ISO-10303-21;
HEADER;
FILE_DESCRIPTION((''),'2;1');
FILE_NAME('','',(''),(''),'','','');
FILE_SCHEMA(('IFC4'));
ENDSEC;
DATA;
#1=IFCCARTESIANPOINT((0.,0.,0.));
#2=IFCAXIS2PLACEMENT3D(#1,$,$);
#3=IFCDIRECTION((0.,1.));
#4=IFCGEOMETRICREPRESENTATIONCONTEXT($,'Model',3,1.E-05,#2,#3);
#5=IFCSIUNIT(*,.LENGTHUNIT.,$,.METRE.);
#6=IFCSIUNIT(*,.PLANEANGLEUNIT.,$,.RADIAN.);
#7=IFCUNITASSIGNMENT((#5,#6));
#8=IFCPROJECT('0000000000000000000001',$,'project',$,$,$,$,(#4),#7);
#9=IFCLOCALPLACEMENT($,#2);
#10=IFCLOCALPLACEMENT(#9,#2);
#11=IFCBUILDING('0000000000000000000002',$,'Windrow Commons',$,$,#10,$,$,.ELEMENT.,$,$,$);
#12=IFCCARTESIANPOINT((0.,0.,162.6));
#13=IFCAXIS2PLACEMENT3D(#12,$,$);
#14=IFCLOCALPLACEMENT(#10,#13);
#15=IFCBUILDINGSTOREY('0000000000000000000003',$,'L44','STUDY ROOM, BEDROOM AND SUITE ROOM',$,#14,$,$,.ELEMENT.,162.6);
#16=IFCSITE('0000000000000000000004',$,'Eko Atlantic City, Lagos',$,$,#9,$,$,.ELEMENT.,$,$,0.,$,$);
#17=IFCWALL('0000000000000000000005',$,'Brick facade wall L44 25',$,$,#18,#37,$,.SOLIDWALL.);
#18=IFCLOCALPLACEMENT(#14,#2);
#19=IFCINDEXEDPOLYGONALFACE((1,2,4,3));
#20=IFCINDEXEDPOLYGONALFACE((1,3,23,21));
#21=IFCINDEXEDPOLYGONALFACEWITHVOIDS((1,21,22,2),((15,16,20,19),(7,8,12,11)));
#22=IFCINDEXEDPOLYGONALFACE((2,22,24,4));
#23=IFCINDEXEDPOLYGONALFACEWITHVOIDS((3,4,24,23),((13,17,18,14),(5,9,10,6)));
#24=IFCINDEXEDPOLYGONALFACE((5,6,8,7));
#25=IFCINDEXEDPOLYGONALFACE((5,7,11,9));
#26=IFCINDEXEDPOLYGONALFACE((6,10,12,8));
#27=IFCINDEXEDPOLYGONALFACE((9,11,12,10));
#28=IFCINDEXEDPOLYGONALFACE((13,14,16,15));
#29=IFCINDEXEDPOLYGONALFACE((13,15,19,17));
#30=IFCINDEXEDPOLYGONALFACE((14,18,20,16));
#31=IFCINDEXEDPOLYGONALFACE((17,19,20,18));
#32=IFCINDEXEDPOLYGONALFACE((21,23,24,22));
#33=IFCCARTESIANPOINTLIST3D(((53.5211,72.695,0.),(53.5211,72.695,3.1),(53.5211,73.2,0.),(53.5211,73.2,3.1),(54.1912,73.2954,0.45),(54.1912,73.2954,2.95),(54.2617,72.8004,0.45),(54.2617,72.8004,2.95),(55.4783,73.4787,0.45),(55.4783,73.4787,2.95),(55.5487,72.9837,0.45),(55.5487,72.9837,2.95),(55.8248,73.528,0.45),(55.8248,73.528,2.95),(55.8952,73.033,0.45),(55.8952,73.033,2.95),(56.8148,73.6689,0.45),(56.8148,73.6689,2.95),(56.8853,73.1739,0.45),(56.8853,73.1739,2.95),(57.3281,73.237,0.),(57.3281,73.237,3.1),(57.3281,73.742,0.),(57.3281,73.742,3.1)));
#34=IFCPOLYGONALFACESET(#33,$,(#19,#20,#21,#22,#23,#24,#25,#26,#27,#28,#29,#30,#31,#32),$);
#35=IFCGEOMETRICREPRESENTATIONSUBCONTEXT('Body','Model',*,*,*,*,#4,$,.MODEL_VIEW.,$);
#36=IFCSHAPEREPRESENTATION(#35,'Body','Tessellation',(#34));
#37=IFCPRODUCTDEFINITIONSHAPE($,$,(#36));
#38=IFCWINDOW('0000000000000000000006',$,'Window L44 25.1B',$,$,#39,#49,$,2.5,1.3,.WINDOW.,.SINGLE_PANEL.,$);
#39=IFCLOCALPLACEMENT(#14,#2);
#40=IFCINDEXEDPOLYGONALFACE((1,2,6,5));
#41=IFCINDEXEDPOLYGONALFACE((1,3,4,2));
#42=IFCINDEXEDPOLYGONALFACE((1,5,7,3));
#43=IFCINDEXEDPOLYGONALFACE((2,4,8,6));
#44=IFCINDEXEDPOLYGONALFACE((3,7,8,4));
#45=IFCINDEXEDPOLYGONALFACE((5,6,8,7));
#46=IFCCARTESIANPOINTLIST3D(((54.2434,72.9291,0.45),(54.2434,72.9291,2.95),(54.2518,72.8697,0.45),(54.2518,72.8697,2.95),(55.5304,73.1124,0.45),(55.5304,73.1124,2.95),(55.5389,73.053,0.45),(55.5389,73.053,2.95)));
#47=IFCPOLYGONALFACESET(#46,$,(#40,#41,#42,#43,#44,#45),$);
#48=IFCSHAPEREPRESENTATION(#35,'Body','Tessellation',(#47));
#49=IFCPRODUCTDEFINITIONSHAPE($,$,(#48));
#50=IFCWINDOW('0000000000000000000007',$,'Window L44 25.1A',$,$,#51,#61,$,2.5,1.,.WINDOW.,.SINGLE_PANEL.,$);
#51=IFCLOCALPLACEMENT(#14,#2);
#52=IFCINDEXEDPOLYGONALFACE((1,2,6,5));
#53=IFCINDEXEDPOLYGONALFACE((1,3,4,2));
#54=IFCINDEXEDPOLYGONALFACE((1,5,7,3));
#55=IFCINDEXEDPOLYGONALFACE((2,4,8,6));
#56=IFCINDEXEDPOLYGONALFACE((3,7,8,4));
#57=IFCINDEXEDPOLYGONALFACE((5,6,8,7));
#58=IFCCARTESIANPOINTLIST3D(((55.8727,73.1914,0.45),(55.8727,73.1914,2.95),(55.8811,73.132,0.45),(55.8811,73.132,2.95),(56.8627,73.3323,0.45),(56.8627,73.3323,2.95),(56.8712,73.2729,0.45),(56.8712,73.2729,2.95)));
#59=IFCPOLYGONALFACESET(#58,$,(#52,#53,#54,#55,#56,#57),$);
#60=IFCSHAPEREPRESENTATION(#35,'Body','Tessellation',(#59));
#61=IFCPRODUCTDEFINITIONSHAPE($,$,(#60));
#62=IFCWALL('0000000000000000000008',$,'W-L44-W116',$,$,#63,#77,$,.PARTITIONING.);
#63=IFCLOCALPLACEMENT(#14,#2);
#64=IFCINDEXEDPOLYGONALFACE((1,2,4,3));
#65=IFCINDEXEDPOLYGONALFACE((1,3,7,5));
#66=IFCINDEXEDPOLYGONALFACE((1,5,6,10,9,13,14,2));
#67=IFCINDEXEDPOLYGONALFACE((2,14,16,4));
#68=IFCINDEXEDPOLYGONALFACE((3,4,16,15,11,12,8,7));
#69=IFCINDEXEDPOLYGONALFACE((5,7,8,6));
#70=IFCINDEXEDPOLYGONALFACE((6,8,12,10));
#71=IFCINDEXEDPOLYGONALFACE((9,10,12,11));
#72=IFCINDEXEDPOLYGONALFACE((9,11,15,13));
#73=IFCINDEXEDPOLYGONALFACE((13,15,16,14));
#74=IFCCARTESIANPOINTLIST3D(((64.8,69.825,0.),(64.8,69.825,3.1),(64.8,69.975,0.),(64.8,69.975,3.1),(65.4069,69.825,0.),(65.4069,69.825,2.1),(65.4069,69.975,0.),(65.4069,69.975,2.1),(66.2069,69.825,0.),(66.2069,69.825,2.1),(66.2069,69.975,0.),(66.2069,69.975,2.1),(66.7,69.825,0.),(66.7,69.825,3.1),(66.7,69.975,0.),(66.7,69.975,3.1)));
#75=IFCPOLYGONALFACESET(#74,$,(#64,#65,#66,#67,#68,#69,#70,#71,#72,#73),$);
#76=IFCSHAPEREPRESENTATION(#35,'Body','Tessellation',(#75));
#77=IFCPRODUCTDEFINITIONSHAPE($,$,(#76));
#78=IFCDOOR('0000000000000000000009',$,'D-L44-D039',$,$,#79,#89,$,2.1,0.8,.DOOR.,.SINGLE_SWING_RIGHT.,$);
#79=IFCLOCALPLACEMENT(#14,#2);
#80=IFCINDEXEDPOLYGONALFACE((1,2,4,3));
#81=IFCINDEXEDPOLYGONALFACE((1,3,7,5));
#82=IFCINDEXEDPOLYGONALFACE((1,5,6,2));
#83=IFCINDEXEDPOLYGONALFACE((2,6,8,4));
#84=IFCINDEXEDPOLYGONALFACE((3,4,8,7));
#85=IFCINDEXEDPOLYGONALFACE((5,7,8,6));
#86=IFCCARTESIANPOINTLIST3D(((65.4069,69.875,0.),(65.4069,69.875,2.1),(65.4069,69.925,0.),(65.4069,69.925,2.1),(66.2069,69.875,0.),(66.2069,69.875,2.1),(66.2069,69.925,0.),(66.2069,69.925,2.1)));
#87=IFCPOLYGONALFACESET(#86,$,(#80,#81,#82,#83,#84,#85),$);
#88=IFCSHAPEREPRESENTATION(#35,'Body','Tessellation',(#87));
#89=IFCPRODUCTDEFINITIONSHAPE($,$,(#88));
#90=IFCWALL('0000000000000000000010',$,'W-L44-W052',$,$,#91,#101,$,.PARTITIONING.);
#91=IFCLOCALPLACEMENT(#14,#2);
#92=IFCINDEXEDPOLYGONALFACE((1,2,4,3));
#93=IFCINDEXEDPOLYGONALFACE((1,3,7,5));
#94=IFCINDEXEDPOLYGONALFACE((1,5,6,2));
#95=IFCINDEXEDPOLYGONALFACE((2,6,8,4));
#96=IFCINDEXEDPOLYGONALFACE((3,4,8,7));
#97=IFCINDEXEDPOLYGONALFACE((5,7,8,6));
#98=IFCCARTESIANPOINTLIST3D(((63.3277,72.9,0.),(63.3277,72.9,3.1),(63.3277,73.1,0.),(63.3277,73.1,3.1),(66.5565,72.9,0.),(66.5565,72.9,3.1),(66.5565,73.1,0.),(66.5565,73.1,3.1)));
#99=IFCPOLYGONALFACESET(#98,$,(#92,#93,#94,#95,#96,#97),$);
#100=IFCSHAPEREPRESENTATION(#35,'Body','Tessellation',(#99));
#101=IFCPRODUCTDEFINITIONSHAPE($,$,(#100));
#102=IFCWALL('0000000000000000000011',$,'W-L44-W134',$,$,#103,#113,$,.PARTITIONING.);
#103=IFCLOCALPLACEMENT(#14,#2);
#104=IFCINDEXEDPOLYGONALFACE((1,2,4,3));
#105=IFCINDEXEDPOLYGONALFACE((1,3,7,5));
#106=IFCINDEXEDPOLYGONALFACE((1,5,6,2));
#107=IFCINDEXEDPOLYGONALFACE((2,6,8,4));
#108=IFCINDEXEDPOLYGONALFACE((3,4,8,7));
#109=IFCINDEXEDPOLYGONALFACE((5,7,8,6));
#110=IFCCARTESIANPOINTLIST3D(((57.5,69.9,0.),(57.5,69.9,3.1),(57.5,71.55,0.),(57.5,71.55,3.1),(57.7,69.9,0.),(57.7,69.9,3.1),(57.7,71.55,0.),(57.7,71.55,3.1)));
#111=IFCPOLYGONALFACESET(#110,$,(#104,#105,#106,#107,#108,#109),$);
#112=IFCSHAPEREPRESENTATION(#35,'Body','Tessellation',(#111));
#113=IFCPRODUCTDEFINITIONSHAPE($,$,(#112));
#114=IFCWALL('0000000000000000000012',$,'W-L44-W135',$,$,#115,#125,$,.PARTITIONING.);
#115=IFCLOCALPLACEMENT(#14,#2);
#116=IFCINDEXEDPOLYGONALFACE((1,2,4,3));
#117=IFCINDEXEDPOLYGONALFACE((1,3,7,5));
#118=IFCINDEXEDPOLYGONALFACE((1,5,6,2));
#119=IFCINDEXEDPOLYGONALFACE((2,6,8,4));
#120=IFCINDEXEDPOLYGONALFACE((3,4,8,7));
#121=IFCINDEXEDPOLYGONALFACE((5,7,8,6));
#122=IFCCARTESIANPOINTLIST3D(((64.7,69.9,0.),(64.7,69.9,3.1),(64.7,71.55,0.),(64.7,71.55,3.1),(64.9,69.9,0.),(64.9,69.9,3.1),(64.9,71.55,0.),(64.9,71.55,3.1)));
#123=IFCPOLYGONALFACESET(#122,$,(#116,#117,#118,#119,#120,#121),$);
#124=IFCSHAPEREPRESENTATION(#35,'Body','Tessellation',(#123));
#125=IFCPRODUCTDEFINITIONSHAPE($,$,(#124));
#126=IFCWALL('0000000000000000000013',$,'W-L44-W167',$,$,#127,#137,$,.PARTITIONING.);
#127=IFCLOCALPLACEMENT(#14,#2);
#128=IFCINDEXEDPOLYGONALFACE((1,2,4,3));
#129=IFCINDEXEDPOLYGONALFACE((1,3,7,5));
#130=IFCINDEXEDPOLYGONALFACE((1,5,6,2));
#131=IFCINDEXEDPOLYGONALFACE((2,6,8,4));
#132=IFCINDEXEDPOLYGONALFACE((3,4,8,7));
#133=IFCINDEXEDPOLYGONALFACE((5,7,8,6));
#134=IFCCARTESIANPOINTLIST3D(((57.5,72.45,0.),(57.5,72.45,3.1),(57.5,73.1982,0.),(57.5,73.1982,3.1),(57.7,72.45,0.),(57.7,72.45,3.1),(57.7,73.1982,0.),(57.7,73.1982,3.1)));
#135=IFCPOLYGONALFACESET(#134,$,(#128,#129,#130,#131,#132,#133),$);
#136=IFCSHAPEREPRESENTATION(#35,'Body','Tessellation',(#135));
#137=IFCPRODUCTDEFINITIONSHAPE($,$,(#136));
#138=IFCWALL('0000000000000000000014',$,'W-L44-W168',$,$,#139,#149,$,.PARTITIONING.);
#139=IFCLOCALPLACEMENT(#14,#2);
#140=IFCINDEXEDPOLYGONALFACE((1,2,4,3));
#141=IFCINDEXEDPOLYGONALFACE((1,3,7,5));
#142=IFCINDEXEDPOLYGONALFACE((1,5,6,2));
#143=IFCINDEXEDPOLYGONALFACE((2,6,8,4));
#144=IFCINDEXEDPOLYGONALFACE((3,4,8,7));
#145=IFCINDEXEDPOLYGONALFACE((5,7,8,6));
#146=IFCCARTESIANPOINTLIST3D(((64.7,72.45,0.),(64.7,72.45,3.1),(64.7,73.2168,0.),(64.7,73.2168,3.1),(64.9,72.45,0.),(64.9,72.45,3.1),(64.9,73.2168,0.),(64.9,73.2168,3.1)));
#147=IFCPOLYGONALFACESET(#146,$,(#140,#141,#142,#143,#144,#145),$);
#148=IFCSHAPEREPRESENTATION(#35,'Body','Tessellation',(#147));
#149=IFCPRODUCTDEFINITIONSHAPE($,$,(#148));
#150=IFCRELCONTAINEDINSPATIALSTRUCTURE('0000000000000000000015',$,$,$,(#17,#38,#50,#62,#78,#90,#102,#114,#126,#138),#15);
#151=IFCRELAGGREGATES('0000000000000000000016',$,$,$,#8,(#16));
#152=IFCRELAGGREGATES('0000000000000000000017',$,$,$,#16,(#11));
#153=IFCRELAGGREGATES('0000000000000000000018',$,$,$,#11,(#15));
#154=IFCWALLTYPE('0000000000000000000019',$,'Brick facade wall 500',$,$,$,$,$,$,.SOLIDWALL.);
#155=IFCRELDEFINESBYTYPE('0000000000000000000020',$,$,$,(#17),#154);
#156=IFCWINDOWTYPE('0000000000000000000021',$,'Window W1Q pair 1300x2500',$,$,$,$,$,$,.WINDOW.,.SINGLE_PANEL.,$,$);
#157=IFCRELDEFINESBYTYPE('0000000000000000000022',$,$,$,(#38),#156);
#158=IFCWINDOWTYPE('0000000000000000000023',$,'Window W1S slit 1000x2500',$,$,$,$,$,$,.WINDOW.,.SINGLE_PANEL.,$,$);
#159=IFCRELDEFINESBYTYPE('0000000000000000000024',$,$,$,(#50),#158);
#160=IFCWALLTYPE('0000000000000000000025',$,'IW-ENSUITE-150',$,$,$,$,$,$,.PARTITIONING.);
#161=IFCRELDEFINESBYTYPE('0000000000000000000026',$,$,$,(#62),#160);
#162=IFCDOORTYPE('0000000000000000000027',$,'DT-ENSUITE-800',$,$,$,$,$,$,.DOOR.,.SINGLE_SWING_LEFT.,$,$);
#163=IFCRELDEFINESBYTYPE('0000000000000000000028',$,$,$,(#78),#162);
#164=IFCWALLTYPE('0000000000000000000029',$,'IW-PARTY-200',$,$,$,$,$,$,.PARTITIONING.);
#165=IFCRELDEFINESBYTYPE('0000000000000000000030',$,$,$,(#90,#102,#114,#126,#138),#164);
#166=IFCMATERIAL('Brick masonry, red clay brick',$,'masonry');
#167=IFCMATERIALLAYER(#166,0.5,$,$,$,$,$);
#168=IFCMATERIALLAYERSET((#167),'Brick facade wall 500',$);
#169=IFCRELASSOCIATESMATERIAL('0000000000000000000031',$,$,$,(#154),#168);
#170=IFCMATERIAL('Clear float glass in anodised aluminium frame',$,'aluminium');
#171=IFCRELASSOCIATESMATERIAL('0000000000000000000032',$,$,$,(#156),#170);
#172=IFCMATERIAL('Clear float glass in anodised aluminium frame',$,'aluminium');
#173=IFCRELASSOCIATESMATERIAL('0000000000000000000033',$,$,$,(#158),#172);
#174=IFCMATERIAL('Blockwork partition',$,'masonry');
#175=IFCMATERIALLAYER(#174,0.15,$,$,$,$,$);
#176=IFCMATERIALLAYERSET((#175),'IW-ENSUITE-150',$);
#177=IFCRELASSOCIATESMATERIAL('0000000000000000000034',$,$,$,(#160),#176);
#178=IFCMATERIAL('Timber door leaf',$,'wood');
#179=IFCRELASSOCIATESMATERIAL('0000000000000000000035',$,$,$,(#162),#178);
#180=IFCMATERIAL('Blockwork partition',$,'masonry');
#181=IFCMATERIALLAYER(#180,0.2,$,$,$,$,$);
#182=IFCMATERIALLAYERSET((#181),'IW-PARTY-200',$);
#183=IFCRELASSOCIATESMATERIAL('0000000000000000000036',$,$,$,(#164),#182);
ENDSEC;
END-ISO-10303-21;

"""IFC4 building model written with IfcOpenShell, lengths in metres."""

from ifc_helpers import new_model, si_unit, direction, frame, frame_2d, origin, place, context, subcontext, project, spatial, polyline, rectangle, outline, extrude, material, layer, layer_set, type_object, element, fill, save


model = new_model("IFC4")

# Units and contexts
model_context = context("Model", 3, precision=1e-05, world=origin(), true_north=direction((0.0, 1.0)))
body_context = subcontext(model_context, "Body", "Model", "MODEL_VIEW")
ifc_project = project(units=[si_unit("LENGTHUNIT", "METRE"), si_unit("PLANEANGLEUNIT", "RADIAN")], contexts=[model_context])

# Site, building, storey
site_placement = place(None, origin())
site = spatial("IfcSite", under=ifc_project, at=site_placement, Name="Eko Atlantic City, Lagos", CompositionType="ELEMENT", RefElevation=0.0)
building_placement = place(site_placement, origin())
building = spatial("IfcBuilding", under=site, at=building_placement, Name="Windrow Commons", CompositionType="ELEMENT")
storey_placement = place(building_placement, frame((0.0, 0.0, 162.6)))
storey = spatial("IfcBuildingStorey", under=building, at=storey_placement, Name="L44", Description="STUDY ROOM, BEDROOM AND SUITE ROOM", CompositionType="ELEMENT", Elevation=162.6)

# Wall, openings, windows
ifc_material_1 = material(Name="Brick masonry, red clay brick", Category="masonry")
ifc_layer_1 = layer(ifc_material_1, 0.5)
ifc_layer_set_1 = layer_set([ifc_layer_1], Name="Brick facade wall 500")
wall_type_1 = type_object("IfcWallType", Name="Brick facade wall 500", PredefinedType="SOLIDWALL", material=ifc_layer_set_1)
ifc_material_2 = material(Name="Clear float glass in anodised aluminium frame", Category="aluminium")
window_type_1 = type_object("IfcWindowType", Name="Window W1Q pair 1300x2500", PartitioningType="SINGLE_PANEL", PredefinedType="WINDOW", material=ifc_material_2)
ifc_material_3 = material(Name="Clear float glass in anodised aluminium frame", Category="aluminium")
window_type_2 = type_object("IfcWindowType", Name="Window W1S slit 1000x2500", PartitioningType="SINGLE_PANEL", PredefinedType="WINDOW", material=ifc_material_3)
wall_1_placement = place(storey_placement, frame((57.3281, 73.4895, 0.0), z_axis=(0.0, 0.0, 1.0), x_axis=(-0.990017, -0.140948, 0.0)))
wall_1 = element("IfcWall", 1, at=wall_1_placement, inside=storey, type_object=wall_type_1, Name="Brick facade wall L44 25", PredefinedType="SOLIDWALL", context=body_context, shape_type="SweptSolid", body=[
    extrude(outline(polyline([(-0.0356, -0.25), (3.8098, -0.25), (3.881, 0.25), (0.0356, 0.25), (-0.0356, -0.25)])), origin(), (0.0, 0.0, 1.0), 3.1),
])
opening_1_placement = place(wall_1_placement, frame((0.4829, 0.0, 0.45)))
opening_1 = element("IfcOpeningElement", 2, at=opening_1_placement, cuts=wall_1, PredefinedType="OPENING", context=body_context, shape_type="SweptSolid", body=[
    extrude(rectangle(XDim=1.0, YDim=2.5, at=frame_2d((0.5, 1.25))), frame((0.0, 0.26, 0.0), z_axis=(0.0, -1.0, 0.0), x_axis=(1.0, 0.0, 0.0)), (0.0, 0.0, 1.0), 0.52),
])
opening_2_placement = place(wall_1_placement, frame((1.8329, 0.0, 0.45)))
opening_2 = element("IfcOpeningElement", 3, at=opening_2_placement, cuts=wall_1, PredefinedType="OPENING", context=body_context, shape_type="SweptSolid", body=[
    extrude(rectangle(XDim=1.3, YDim=2.5, at=frame_2d((0.65, 1.25))), frame((0.0, 0.26, 0.0), z_axis=(0.0, -1.0, 0.0), x_axis=(1.0, 0.0, 0.0)), (0.0, 0.0, 1.0), 0.52),
])
window_1_placement = place(opening_2_placement, origin())
window_1 = element("IfcWindow", 4, at=window_1_placement, inside=storey, type_object=window_type_1, Name="Window L44 25.1B", OverallHeight=2.5, OverallWidth=1.3, PartitioningType="SINGLE_PANEL", PredefinedType="WINDOW", context=body_context, shape_type="SweptSolid", body=[
    extrude(rectangle(XDim=1.3, YDim=2.5, at=frame_2d((0.65, 1.25))), frame((0.0, 0.18, 0.0), z_axis=(0.0, -1.0, 0.0), x_axis=(1.0, 0.0, 0.0)), (0.0, 0.0, 1.0), 0.06),
])
fill(opening_2, window_1)
window_2_placement = place(opening_1_placement, origin())
window_2 = element("IfcWindow", 5, at=window_2_placement, inside=storey, type_object=window_type_2, Name="Window L44 25.1A", OverallHeight=2.5, OverallWidth=1.0, PartitioningType="SINGLE_PANEL", PredefinedType="WINDOW", context=body_context, shape_type="SweptSolid", body=[
    extrude(rectangle(XDim=1.0, YDim=2.5, at=frame_2d((0.5, 1.25))), frame((0.0, 0.15, 0.0), z_axis=(0.0, -1.0, 0.0), x_axis=(1.0, 0.0, 0.0)), (0.0, 0.0, 1.0), 0.06),
])
fill(opening_1, window_2)

# Wall, opening, door
ifc_material_4 = material(Name="Blockwork partition", Category="masonry")
ifc_layer_2 = layer(ifc_material_4, 0.15)
ifc_layer_set_2 = layer_set([ifc_layer_2], Name="IW-ENSUITE-150")
wall_type_2 = type_object("IfcWallType", Name="IW-ENSUITE-150", PredefinedType="PARTITIONING", material=ifc_layer_set_2)
wall_2_placement = place(storey_placement, frame((64.8, 69.9, 0.0), z_axis=(0.0, 0.0, 1.0), x_axis=(1.0, 0.0, 0.0)))
wall_2 = element("IfcWall", 6, at=wall_2_placement, inside=storey, type_object=wall_type_2, Name="W-L44-W116", PredefinedType="PARTITIONING", context=body_context, shape_type="SweptSolid", body=[
    extrude(rectangle(XDim=1.9, YDim=0.15, at=frame_2d((0.95, 0.0))), origin(), (0.0, 0.0, 1.0), 3.1),
])
opening_3_placement = place(wall_2_placement, frame((0.6069, 0.0, 0.0)))
opening_3 = element("IfcOpeningElement", 7, at=opening_3_placement, cuts=wall_2, PredefinedType="OPENING", context=body_context, shape_type="SweptSolid", body=[
    extrude(rectangle(XDim=0.8, YDim=2.1, at=frame_2d((0.4, 1.05))), frame((0.0, 0.085, 0.0), z_axis=(0.0, -1.0, 0.0), x_axis=(1.0, 0.0, 0.0)), (0.0, 0.0, 1.0), 0.17),
])
ifc_material_5 = material(Name="Timber door leaf", Category="wood")
door_type = type_object("IfcDoorType", Name="DT-ENSUITE-800", OperationType="SINGLE_SWING_LEFT", PredefinedType="DOOR", material=ifc_material_5)
door_placement = place(opening_3_placement, origin())
door = element("IfcDoor", 8, at=door_placement, inside=storey, type_object=door_type, Name="D-L44-D039", OperationType="SINGLE_SWING_RIGHT", OverallHeight=2.1, OverallWidth=0.8, PredefinedType="DOOR", context=body_context, shape_type="SweptSolid", body=[
    extrude(rectangle(XDim=0.8, YDim=2.1, at=frame_2d((0.4, 1.05))), frame((0.0, 0.025, 0.0), z_axis=(0.0, -1.0, 0.0), x_axis=(1.0, 0.0, 0.0)), (0.0, 0.0, 1.0), 0.05),
])
fill(opening_3, door)

# Walls
ifc_material_6 = material(Name="Blockwork partition", Category="masonry")
ifc_layer_3 = layer(ifc_material_6, 0.2)
ifc_layer_set_3 = layer_set([ifc_layer_3], Name="IW-PARTY-200")
wall_type_3 = type_object("IfcWallType", Name="IW-PARTY-200", PredefinedType="PARTITIONING", material=ifc_layer_set_3)
wall_3_placement = place(storey_placement, frame((63.3277, 73.0, 0.0), z_axis=(0.0, 0.0, 1.0), x_axis=(1.0, 0.0, 0.0)))
element("IfcWall", 9, at=wall_3_placement, inside=storey, type_object=wall_type_3, Name="W-L44-W052", PredefinedType="PARTITIONING", context=body_context, shape_type="SweptSolid", body=[
    extrude(rectangle(XDim=3.2288, YDim=0.2, at=frame_2d((1.6144, 0.0))), origin(), (0.0, 0.0, 1.0), 3.1),
])
for number, where, z_axis, x_axis, name in (
    (10, (57.6, 69.9, 0.0), (0.0, 0.0, 1.0), (0.0, 1.0, 0.0), "W-L44-W134"),
    (11, (64.8, 69.9, 0.0), (0.0, 0.0, 1.0), (0.0, 1.0, 0.0), "W-L44-W135"),
):
    element("IfcWall", number, at=place(storey_placement, frame(where, z_axis=z_axis, x_axis=x_axis)), inside=storey, type_object=wall_type_3, Name=name, PredefinedType="PARTITIONING", context=body_context, shape_type="SweptSolid", body=[
        extrude(rectangle(XDim=1.65, YDim=0.2, at=frame_2d((0.825, 0.0))), origin(), (0.0, 0.0, 1.0), 3.1),
    ])
wall_4_placement = place(storey_placement, frame((57.6, 72.45, 0.0), z_axis=(0.0, 0.0, 1.0), x_axis=(0.0, 1.0, 0.0)))
element("IfcWall", 12, at=wall_4_placement, inside=storey, type_object=wall_type_3, Name="W-L44-W167", PredefinedType="PARTITIONING", context=body_context, shape_type="SweptSolid", body=[
    extrude(rectangle(XDim=0.7482, YDim=0.2, at=frame_2d((0.3741, 0.0))), origin(), (0.0, 0.0, 1.0), 3.1),
])
wall_5_placement = place(storey_placement, frame((64.8, 72.45, 0.0), z_axis=(0.0, 0.0, 1.0), x_axis=(0.0, 1.0, 0.0)))
element("IfcWall", 13, at=wall_5_placement, inside=storey, type_object=wall_type_3, Name="W-L44-W168", PredefinedType="PARTITIONING", context=body_context, shape_type="SweptSolid", body=[
    extrude(rectangle(XDim=0.7667, YDim=0.2, at=frame_2d((0.3834, 0.0))), origin(), (0.0, 0.0, 1.0), 3.1),
])

save(model, "model.ifc")
